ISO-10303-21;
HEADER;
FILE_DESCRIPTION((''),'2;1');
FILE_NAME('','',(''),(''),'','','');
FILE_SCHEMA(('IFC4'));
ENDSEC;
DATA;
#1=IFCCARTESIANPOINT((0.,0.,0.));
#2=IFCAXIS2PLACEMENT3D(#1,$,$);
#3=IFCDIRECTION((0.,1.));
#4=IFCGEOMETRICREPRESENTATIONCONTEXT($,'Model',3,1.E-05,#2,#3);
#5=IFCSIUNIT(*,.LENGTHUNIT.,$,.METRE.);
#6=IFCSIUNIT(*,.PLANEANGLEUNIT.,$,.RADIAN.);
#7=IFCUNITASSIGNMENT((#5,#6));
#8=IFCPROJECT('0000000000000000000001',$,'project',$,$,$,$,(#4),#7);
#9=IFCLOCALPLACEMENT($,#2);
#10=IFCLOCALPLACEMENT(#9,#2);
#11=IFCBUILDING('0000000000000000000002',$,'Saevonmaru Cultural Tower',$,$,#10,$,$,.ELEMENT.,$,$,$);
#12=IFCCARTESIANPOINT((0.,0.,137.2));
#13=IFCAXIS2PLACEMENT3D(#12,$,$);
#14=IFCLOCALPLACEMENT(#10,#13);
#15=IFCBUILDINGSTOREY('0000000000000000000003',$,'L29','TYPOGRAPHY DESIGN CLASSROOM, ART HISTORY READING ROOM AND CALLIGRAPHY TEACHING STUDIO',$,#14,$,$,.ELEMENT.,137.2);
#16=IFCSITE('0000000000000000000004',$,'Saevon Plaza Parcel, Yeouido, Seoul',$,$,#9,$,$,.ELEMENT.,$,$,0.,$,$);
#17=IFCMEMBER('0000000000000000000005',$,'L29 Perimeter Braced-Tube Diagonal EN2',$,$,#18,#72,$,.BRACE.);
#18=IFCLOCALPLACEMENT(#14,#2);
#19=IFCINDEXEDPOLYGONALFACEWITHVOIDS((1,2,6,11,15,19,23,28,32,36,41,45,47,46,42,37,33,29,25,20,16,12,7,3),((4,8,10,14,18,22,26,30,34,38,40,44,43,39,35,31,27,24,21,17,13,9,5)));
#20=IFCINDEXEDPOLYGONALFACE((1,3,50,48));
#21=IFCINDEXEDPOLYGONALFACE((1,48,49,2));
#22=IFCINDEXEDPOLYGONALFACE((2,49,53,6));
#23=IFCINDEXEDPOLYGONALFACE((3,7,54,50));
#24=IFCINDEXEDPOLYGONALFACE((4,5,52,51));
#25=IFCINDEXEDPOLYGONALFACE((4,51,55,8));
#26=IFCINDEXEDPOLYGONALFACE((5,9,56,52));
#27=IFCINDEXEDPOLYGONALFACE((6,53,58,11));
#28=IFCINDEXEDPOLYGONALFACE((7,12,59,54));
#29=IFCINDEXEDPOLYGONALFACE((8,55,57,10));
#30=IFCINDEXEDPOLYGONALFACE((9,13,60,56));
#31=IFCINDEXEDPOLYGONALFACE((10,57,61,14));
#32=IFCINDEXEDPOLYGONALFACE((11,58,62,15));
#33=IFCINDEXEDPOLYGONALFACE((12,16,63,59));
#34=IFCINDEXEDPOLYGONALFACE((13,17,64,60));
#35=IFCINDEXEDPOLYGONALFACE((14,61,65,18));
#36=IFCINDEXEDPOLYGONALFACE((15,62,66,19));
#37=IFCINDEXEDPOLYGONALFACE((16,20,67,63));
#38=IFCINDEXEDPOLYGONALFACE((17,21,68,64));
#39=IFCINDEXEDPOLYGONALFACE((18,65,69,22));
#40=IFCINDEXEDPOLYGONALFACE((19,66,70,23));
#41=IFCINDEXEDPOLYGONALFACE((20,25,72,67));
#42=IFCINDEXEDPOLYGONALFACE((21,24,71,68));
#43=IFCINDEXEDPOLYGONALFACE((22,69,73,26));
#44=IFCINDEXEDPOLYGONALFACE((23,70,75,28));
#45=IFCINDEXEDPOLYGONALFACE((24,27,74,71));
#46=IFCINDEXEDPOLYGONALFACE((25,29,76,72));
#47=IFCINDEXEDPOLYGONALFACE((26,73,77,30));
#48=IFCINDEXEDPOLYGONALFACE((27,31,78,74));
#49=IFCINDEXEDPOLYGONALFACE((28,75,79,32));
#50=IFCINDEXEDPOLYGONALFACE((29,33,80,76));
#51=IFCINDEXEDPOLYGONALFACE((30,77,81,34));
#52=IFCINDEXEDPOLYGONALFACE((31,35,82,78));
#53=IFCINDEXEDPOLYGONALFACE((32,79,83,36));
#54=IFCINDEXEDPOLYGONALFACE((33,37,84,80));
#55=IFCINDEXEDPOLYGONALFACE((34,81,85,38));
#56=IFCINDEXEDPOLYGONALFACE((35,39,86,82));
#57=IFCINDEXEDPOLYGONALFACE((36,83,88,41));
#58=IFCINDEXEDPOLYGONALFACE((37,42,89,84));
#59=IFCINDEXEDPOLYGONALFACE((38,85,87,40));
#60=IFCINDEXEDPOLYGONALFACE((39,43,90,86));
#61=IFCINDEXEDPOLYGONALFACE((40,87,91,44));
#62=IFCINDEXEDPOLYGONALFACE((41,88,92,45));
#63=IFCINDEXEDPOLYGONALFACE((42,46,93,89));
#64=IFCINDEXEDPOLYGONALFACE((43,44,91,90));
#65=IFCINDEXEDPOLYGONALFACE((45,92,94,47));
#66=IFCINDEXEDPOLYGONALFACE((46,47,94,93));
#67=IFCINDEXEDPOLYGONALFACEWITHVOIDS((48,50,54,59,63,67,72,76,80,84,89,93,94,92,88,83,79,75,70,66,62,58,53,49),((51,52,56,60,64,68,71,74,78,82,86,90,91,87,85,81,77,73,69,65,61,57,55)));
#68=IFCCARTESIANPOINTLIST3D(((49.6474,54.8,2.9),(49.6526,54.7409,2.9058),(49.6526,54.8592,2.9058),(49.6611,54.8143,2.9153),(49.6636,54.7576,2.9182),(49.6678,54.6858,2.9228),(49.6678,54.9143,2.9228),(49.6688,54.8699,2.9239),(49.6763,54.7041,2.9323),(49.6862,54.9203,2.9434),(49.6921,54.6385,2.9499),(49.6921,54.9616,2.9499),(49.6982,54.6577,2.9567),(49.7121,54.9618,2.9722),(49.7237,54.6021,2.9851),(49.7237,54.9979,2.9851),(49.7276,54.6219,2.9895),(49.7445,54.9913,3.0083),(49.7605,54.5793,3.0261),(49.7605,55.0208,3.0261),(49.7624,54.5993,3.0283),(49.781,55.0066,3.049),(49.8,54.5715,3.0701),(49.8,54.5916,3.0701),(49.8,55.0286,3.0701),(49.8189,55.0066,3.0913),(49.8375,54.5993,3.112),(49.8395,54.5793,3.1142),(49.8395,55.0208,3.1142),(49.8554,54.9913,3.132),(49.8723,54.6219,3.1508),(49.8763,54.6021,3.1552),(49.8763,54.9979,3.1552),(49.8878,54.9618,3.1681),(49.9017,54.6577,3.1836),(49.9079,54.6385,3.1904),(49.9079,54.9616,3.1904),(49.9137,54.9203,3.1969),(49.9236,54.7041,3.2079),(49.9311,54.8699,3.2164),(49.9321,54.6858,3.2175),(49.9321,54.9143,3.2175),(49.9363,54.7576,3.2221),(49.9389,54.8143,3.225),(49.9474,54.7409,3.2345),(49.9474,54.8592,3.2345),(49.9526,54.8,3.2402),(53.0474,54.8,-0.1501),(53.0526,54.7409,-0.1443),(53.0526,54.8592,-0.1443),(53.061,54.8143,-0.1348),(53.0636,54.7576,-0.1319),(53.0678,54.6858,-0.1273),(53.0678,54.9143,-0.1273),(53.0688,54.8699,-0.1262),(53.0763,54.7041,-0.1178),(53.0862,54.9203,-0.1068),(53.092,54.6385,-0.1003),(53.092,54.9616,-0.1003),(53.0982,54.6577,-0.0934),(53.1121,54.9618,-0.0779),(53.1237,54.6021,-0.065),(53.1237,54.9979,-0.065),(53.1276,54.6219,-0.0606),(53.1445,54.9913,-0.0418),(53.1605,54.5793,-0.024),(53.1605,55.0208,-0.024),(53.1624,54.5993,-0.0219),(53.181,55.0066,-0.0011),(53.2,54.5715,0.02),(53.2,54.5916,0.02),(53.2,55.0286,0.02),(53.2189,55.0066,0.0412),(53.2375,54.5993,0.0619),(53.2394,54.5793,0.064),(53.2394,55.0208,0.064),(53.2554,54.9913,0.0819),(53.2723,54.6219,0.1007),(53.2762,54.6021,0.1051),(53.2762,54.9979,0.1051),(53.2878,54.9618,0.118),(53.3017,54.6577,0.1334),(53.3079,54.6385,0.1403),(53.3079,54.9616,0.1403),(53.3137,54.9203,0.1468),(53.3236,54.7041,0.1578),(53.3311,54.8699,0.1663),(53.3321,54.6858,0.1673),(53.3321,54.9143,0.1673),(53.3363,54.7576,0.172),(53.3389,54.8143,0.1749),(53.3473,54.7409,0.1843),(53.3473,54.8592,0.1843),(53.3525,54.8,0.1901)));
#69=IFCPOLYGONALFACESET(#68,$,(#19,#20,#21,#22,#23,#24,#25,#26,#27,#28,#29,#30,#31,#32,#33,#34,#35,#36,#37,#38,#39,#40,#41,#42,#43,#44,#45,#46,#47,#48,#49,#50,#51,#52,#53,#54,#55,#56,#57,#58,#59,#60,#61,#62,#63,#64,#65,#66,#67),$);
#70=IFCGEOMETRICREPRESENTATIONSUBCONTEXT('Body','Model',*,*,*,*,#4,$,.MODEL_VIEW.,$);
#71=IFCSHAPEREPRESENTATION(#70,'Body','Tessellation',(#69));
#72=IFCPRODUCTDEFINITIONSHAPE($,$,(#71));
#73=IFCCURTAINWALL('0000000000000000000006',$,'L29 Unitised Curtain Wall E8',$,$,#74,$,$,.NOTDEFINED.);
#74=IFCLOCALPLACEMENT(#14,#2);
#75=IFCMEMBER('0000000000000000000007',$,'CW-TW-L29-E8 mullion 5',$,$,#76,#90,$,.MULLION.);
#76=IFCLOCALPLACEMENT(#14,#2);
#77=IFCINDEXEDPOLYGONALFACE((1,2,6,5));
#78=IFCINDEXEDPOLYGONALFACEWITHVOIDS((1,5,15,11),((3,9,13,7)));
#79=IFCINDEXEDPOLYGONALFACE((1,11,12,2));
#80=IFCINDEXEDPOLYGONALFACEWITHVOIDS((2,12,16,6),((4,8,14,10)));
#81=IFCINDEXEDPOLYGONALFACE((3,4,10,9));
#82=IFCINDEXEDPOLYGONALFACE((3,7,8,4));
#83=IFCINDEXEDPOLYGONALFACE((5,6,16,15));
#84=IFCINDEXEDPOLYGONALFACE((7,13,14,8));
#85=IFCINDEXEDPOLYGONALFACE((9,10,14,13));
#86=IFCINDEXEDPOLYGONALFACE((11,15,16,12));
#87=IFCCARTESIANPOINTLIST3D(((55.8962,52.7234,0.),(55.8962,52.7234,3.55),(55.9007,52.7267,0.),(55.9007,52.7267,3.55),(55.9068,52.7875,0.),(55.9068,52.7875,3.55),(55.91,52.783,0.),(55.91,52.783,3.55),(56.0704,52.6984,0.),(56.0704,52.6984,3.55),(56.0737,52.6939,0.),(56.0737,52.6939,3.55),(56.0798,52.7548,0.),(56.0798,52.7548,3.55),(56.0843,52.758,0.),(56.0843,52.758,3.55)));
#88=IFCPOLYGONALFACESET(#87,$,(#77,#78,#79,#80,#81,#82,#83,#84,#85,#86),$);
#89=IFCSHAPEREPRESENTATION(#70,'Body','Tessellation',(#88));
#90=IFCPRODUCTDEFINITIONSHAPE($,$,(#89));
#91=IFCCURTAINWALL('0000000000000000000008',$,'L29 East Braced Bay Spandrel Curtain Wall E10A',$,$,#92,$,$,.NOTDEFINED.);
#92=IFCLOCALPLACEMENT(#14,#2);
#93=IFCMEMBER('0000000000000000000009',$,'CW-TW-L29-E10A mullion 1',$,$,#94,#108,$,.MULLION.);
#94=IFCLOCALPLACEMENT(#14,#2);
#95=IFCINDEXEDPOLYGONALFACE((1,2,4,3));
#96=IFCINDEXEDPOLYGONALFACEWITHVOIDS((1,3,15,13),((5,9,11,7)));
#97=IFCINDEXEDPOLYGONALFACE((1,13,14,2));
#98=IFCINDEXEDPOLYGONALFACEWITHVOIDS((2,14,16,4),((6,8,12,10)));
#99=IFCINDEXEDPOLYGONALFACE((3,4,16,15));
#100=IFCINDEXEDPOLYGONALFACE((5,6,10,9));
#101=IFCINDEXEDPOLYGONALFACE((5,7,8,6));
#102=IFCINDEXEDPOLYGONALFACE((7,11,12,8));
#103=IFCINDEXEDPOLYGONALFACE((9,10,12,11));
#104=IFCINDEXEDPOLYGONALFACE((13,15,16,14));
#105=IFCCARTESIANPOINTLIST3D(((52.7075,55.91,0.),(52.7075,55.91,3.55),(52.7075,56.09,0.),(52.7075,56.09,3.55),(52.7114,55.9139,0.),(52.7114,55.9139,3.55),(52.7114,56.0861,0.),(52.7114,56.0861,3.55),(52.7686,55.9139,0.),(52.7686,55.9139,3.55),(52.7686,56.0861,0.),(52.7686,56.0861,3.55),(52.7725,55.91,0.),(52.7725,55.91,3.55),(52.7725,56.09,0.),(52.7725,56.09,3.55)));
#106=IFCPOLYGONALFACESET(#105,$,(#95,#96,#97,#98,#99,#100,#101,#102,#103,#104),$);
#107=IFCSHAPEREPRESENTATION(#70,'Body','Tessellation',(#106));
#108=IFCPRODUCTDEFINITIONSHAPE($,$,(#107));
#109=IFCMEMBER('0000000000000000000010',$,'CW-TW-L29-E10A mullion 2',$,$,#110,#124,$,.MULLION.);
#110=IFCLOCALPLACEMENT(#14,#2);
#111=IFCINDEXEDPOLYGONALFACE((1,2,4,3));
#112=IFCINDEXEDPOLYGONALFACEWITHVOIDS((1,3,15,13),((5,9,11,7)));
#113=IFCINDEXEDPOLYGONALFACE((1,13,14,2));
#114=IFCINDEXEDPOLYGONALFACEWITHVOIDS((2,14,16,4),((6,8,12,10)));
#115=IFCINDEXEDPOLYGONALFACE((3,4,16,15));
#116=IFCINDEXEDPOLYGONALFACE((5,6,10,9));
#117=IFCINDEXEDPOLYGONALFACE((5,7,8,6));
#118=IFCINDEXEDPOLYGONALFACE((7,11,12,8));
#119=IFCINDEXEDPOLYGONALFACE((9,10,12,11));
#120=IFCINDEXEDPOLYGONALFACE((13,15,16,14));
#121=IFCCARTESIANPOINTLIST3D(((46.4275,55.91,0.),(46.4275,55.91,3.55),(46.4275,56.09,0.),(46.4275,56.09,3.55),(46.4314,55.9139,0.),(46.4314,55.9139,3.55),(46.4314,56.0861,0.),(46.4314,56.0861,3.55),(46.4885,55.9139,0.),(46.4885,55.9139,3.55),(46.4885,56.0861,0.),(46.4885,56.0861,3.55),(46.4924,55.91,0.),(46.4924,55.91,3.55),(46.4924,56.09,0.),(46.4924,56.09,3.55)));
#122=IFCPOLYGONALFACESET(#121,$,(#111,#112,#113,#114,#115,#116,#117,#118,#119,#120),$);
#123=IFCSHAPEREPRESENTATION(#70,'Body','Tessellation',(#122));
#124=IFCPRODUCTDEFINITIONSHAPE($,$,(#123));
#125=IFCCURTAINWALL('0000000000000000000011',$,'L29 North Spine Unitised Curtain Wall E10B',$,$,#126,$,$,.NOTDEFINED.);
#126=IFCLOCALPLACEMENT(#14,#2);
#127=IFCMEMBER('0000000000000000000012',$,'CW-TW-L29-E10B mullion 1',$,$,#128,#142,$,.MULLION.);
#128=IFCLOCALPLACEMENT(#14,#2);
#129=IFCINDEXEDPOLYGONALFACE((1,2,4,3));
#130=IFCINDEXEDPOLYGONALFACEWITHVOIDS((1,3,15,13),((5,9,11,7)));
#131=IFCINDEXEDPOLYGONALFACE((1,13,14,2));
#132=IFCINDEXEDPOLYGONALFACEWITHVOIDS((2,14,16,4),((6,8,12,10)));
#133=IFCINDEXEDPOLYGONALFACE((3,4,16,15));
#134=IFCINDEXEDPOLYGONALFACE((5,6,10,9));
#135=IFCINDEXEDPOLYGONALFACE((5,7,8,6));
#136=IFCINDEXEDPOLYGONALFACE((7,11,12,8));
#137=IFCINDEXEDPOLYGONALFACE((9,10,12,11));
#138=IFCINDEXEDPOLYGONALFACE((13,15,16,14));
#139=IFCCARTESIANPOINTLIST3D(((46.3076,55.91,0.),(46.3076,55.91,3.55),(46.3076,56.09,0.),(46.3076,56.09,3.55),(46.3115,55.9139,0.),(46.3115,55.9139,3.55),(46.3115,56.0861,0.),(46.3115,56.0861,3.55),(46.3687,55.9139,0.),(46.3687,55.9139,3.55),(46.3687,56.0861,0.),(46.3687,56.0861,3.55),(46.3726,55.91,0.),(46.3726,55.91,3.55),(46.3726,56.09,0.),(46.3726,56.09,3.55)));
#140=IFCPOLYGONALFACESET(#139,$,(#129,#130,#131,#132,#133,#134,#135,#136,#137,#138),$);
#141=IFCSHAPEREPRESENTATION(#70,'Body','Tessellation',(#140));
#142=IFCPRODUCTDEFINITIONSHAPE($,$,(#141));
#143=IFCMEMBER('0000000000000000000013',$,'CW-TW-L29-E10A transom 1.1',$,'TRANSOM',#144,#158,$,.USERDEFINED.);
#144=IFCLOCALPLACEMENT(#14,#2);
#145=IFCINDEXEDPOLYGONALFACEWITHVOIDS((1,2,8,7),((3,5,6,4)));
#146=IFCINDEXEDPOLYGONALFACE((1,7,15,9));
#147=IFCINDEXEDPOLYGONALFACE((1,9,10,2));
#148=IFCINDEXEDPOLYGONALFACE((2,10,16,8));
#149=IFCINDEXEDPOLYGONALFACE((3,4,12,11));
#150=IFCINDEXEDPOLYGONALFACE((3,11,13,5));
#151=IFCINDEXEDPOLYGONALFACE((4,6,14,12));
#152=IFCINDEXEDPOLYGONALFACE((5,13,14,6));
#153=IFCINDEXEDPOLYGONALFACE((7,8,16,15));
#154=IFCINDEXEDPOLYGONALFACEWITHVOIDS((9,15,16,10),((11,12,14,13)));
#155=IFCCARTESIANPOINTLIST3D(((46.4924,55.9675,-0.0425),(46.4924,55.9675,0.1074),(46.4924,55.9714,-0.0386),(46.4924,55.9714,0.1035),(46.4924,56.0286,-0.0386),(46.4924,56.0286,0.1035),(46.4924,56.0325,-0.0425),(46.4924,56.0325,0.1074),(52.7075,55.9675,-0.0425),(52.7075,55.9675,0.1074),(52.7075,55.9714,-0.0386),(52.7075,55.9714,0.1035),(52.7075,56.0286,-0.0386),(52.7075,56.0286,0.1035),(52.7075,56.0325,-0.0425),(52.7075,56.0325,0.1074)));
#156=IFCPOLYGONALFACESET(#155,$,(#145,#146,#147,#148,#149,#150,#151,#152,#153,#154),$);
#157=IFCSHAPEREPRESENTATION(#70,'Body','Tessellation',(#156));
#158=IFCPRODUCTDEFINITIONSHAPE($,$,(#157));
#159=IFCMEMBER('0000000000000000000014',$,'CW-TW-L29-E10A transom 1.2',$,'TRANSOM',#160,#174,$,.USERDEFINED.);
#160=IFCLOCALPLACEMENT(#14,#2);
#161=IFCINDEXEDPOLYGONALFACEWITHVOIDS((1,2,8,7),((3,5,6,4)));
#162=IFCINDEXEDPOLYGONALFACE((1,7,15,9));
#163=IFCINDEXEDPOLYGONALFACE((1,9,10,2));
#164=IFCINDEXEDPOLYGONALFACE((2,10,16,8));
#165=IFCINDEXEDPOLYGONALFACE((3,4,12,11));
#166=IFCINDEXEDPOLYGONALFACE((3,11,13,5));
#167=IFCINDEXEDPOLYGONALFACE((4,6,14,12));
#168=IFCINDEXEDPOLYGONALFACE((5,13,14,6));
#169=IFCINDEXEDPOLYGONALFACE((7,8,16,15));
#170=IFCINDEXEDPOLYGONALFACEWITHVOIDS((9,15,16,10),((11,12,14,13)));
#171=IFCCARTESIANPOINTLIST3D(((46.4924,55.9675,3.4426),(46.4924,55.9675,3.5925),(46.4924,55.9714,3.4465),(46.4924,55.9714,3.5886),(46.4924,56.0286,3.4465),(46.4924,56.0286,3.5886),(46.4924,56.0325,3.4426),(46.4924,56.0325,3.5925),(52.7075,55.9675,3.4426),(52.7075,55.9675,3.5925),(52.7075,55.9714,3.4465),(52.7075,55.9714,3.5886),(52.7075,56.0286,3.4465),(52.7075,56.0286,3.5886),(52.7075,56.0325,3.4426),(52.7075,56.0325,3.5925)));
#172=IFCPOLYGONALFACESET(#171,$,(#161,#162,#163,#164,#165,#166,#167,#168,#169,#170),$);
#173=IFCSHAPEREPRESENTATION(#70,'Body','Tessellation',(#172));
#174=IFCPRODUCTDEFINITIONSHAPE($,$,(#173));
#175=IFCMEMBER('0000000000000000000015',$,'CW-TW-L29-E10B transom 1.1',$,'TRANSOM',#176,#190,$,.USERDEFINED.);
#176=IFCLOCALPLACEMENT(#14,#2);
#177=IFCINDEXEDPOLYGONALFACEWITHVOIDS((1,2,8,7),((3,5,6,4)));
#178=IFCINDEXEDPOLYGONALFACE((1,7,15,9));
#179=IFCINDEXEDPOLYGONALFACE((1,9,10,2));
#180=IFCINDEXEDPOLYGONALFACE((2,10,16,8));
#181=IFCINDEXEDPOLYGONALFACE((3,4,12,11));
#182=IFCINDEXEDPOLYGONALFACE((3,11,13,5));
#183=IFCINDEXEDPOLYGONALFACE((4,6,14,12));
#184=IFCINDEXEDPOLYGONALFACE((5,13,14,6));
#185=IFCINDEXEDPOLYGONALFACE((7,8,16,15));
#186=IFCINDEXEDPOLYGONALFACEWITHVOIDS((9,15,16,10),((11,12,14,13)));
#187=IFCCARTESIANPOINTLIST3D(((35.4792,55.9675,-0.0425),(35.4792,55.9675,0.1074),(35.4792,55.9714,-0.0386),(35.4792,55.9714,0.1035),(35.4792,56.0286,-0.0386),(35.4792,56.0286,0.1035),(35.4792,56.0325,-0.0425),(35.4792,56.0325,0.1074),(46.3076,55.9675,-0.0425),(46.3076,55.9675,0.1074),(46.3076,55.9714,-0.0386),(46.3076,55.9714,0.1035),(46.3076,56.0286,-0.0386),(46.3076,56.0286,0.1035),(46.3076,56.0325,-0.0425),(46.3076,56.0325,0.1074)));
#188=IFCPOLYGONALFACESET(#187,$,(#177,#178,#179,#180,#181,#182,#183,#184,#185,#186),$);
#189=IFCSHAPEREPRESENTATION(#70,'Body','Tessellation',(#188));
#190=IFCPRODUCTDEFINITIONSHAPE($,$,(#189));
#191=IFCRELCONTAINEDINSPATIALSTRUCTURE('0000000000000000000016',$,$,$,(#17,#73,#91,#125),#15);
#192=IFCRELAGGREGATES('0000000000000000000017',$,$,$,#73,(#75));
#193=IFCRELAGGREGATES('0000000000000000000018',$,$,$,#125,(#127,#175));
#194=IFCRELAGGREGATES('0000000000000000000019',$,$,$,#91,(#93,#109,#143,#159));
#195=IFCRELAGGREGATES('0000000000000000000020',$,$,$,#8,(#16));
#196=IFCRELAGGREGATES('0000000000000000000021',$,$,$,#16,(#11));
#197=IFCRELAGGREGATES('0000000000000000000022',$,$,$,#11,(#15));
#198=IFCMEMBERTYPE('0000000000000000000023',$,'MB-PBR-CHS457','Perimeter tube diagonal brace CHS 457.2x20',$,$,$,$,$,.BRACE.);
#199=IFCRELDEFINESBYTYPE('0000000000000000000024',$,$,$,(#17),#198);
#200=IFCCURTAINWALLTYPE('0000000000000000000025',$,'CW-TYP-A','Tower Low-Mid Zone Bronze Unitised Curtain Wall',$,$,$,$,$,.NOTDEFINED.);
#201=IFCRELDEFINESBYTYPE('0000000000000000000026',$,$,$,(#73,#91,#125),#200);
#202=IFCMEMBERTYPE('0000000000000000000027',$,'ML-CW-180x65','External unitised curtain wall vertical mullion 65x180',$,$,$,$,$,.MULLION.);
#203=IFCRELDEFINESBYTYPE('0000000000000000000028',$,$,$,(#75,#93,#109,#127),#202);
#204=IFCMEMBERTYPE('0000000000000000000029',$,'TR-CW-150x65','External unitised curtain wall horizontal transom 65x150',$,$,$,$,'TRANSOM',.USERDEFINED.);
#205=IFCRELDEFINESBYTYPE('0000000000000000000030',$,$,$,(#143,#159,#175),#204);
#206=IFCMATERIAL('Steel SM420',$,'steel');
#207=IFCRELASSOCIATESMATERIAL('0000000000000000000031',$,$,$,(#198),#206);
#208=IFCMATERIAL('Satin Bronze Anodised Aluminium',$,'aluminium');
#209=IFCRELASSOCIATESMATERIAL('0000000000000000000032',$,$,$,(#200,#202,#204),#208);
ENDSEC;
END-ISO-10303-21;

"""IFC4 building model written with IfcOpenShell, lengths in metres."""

from ifc_helpers import new_model, si_unit, direction, frame, origin, origin_2d, place, context, subcontext, project, spatial, hollow_rectangle, hollow_circle, extrude, material, material_profile, profile_set, type_object, element, aggregate, save


model = new_model("IFC4")

# Units and contexts
model_context = context("Model", 3, precision=1e-05, world=origin(), true_north=direction((0.0, 1.0)))
body_context = subcontext(model_context, "Body", "Model", "MODEL_VIEW")
ifc_project = project(units=[si_unit("LENGTHUNIT", "METRE"), si_unit("PLANEANGLEUNIT", "RADIAN")], contexts=[model_context])

# Site, building, storey
site_placement = place(None, origin())
site = spatial("IfcSite", under=ifc_project, at=site_placement, Name="Saevon Plaza Parcel, Yeouido, Seoul", CompositionType="ELEMENT", RefElevation=0.0)
building_placement = place(site_placement, origin())
building = spatial("IfcBuilding", under=site, at=building_placement, Name="Saevonmaru Cultural Tower", CompositionType="ELEMENT")
storey_placement = place(building_placement, frame((0.0, 0.0, 137.2)))
storey = spatial("IfcBuildingStorey", under=building, at=storey_placement, Name="L29", Description="TYPOGRAPHY DESIGN CLASSROOM, ART HISTORY READING ROOM AND CALLIGRAPHY TEACHING STUDIO", CompositionType="ELEMENT", Elevation=137.2)

# Shared definitions
ifc_material_1 = material(Name="Steel SM420", Category="steel")

# Member
ifc_material_profile_1 = material_profile(ifc_material_1, hollow_circle(Radius=0.2285, WallThickness=0.02, at=origin_2d()), Name="CHS-457.2x20")
ifc_profile_set_1 = profile_set([ifc_material_profile_1], Name="Steel SM420")
member_type_1 = type_object("IfcMemberType", Name="MB-PBR-CHS457", Description="Perimeter tube diagonal brace CHS 457.2x20", PredefinedType="BRACE", material=ifc_profile_set_1)
for number, where, z_axis, x_axis, name in (
    (1, (53.2, 54.8, 0.02), (-0.744367, 0.0, 0.667771), (0.0, -1.0, 0.0), "L29 Perimeter Braced-Tube Diagonal EN2"),
):
    element("IfcMember", number, at=place(storey_placement, frame(where, z_axis=z_axis, x_axis=x_axis)), inside=storey, type_object=member_type_1, Name=name, PredefinedType="BRACE", context=body_context, shape_type="SweptSolid", body=[
        extrude(hollow_circle(Radius=0.2285, WallThickness=0.02, at=origin_2d()), origin(), (0.0, 0.0, 1.0), 4.5676),
    ])

# Curtain wall, member
ifc_material_2 = material(Name="Satin Bronze Anodised Aluminium", Category="aluminium")
curtain_wall_type = type_object("IfcCurtainWallType", Name="CW-TYP-A", Description="Tower Low-Mid Zone Bronze Unitised Curtain Wall", PredefinedType="NOTDEFINED", material=ifc_material_2)
curtain_wall_1_placement = place(storey_placement, origin())
curtain_wall_1 = element("IfcCurtainWall", 2, at=curtain_wall_1_placement, inside=storey, type_object=curtain_wall_type, Name="L29 Unitised Curtain Wall E8", PredefinedType="NOTDEFINED")
ifc_material_profile_2 = material_profile(ifc_material_2, hollow_rectangle(XDim=0.0649, YDim=0.1799, WallThickness=0.0039, at=origin_2d()), Name="ALU-MULL-180x65x4")
ifc_profile_set_2 = profile_set([ifc_material_profile_2], Name="Satin Bronze Anodised Aluminium")
member_type_2 = type_object("IfcMemberType", Name="ML-CW-180x65", Description="External unitised curtain wall vertical mullion 65x180", PredefinedType="MULLION", material=ifc_profile_set_2)
member_1_placement = place(storey_placement, frame((55.9902, 52.7407, 0.0), z_axis=(0.0, 0.0, 1.0), x_axis=(0.163999, 0.986461, 0.0)))
member_1 = element("IfcMember", 3, at=member_1_placement, type_object=member_type_2, Name="CW-TW-L29-E8 mullion 5", PredefinedType="MULLION", context=body_context, shape_type="SweptSolid", body=[
    extrude(hollow_rectangle(XDim=0.0649, YDim=0.1799, WallThickness=0.0039, at=origin_2d()), origin(), (0.0, 0.0, 1.0), 3.55),
])
aggregate(curtain_wall_1, [member_1])

# Curtain wall, members
curtain_wall_2_placement = place(storey_placement, origin())
curtain_wall_2 = element("IfcCurtainWall", 4, at=curtain_wall_2_placement, inside=storey, type_object=curtain_wall_type, Name="L29 East Braced Bay Spandrel Curtain Wall E10A", PredefinedType="NOTDEFINED")
member_2_placement = place(storey_placement, frame((52.74, 56.0, 0.0), z_axis=(0.0, 0.0, 1.0), x_axis=(-1.0, 0.0, 0.0)))
member_2 = element("IfcMember", 5, at=member_2_placement, type_object=member_type_2, Name="CW-TW-L29-E10A mullion 1", PredefinedType="MULLION", context=body_context, shape_type="SweptSolid", body=[
    extrude(hollow_rectangle(XDim=0.0649, YDim=0.1799, WallThickness=0.0039, at=origin_2d()), origin(), (0.0, 0.0, 1.0), 3.55),
])
member_3_placement = place(storey_placement, frame((46.46, 56.0, 0.0), z_axis=(0.0, 0.0, 1.0), x_axis=(-1.0, 0.0, 0.0)))
member_3 = element("IfcMember", 6, at=member_3_placement, type_object=member_type_2, Name="CW-TW-L29-E10A mullion 2", PredefinedType="MULLION", context=body_context, shape_type="SweptSolid", body=[
    extrude(hollow_rectangle(XDim=0.0649, YDim=0.1799, WallThickness=0.0039, at=origin_2d()), origin(), (0.0, 0.0, 1.0), 3.55),
])

# Curtain wall, member
curtain_wall_3_placement = place(storey_placement, origin())
curtain_wall_3 = element("IfcCurtainWall", 7, at=curtain_wall_3_placement, inside=storey, type_object=curtain_wall_type, Name="L29 North Spine Unitised Curtain Wall E10B", PredefinedType="NOTDEFINED")
member_4_placement = place(storey_placement, frame((46.3401, 56.0, 0.0), z_axis=(0.0, 0.0, 1.0), x_axis=(-1.0, 0.0, 0.0)))
member_4 = element("IfcMember", 8, at=member_4_placement, type_object=member_type_2, Name="CW-TW-L29-E10B mullion 1", PredefinedType="MULLION", context=body_context, shape_type="SweptSolid", body=[
    extrude(hollow_rectangle(XDim=0.0649, YDim=0.1799, WallThickness=0.0039, at=origin_2d()), origin(), (0.0, 0.0, 1.0), 3.55),
])

# Members
ifc_material_profile_3 = material_profile(ifc_material_2, hollow_rectangle(XDim=0.0649, YDim=0.1499, WallThickness=0.0039, at=origin_2d()), Name="ALU-TRAN-150x65x4")
ifc_profile_set_3 = profile_set([ifc_material_profile_3], Name="Satin Bronze Anodised Aluminium")
member_type_3 = type_object("IfcMemberType", Name="TR-CW-150x65", Description="External unitised curtain wall horizontal transom 65x150", ElementType="TRANSOM", PredefinedType="USERDEFINED", material=ifc_profile_set_3)
member_5_placement = place(storey_placement, frame((52.7075, 56.0, 0.0325), z_axis=(-1.0, 0.0, 0.0), x_axis=(0.0, -1.0, 0.0)))
member_5 = element("IfcMember", 9, at=member_5_placement, type_object=member_type_3, Name="CW-TW-L29-E10A transom 1.1", ObjectType="TRANSOM", PredefinedType="USERDEFINED", context=body_context, shape_type="SweptSolid", body=[
    extrude(hollow_rectangle(XDim=0.0649, YDim=0.1499, WallThickness=0.0039, at=origin_2d()), origin(), (0.0, 0.0, 1.0), 6.2151),
])
member_6_placement = place(storey_placement, frame((52.7075, 56.0, 3.5176), z_axis=(-1.0, 0.0, 0.0), x_axis=(0.0, -1.0, 0.0)))
member_6 = element("IfcMember", 10, at=member_6_placement, type_object=member_type_3, Name="CW-TW-L29-E10A transom 1.2", ObjectType="TRANSOM", PredefinedType="USERDEFINED", context=body_context, shape_type="SweptSolid", body=[
    extrude(hollow_rectangle(XDim=0.0649, YDim=0.1499, WallThickness=0.0039, at=origin_2d()), origin(), (0.0, 0.0, 1.0), 6.2151),
])
member_7_placement = place(storey_placement, frame((46.3076, 56.0, 0.0325), z_axis=(-1.0, 0.0, 0.0), x_axis=(0.0, -1.0, 0.0)))
member_7 = element("IfcMember", 11, at=member_7_placement, type_object=member_type_3, Name="CW-TW-L29-E10B transom 1.1", ObjectType="TRANSOM", PredefinedType="USERDEFINED", context=body_context, shape_type="SweptSolid", body=[
    extrude(hollow_rectangle(XDim=0.0649, YDim=0.1499, WallThickness=0.0039, at=origin_2d()), origin(), (0.0, 0.0, 1.0), 10.8284),
])
aggregate(curtain_wall_3, [member_4, member_7])

aggregate(curtain_wall_2, [member_2, member_3, member_5, member_6])

save(model, "model.ifc")
